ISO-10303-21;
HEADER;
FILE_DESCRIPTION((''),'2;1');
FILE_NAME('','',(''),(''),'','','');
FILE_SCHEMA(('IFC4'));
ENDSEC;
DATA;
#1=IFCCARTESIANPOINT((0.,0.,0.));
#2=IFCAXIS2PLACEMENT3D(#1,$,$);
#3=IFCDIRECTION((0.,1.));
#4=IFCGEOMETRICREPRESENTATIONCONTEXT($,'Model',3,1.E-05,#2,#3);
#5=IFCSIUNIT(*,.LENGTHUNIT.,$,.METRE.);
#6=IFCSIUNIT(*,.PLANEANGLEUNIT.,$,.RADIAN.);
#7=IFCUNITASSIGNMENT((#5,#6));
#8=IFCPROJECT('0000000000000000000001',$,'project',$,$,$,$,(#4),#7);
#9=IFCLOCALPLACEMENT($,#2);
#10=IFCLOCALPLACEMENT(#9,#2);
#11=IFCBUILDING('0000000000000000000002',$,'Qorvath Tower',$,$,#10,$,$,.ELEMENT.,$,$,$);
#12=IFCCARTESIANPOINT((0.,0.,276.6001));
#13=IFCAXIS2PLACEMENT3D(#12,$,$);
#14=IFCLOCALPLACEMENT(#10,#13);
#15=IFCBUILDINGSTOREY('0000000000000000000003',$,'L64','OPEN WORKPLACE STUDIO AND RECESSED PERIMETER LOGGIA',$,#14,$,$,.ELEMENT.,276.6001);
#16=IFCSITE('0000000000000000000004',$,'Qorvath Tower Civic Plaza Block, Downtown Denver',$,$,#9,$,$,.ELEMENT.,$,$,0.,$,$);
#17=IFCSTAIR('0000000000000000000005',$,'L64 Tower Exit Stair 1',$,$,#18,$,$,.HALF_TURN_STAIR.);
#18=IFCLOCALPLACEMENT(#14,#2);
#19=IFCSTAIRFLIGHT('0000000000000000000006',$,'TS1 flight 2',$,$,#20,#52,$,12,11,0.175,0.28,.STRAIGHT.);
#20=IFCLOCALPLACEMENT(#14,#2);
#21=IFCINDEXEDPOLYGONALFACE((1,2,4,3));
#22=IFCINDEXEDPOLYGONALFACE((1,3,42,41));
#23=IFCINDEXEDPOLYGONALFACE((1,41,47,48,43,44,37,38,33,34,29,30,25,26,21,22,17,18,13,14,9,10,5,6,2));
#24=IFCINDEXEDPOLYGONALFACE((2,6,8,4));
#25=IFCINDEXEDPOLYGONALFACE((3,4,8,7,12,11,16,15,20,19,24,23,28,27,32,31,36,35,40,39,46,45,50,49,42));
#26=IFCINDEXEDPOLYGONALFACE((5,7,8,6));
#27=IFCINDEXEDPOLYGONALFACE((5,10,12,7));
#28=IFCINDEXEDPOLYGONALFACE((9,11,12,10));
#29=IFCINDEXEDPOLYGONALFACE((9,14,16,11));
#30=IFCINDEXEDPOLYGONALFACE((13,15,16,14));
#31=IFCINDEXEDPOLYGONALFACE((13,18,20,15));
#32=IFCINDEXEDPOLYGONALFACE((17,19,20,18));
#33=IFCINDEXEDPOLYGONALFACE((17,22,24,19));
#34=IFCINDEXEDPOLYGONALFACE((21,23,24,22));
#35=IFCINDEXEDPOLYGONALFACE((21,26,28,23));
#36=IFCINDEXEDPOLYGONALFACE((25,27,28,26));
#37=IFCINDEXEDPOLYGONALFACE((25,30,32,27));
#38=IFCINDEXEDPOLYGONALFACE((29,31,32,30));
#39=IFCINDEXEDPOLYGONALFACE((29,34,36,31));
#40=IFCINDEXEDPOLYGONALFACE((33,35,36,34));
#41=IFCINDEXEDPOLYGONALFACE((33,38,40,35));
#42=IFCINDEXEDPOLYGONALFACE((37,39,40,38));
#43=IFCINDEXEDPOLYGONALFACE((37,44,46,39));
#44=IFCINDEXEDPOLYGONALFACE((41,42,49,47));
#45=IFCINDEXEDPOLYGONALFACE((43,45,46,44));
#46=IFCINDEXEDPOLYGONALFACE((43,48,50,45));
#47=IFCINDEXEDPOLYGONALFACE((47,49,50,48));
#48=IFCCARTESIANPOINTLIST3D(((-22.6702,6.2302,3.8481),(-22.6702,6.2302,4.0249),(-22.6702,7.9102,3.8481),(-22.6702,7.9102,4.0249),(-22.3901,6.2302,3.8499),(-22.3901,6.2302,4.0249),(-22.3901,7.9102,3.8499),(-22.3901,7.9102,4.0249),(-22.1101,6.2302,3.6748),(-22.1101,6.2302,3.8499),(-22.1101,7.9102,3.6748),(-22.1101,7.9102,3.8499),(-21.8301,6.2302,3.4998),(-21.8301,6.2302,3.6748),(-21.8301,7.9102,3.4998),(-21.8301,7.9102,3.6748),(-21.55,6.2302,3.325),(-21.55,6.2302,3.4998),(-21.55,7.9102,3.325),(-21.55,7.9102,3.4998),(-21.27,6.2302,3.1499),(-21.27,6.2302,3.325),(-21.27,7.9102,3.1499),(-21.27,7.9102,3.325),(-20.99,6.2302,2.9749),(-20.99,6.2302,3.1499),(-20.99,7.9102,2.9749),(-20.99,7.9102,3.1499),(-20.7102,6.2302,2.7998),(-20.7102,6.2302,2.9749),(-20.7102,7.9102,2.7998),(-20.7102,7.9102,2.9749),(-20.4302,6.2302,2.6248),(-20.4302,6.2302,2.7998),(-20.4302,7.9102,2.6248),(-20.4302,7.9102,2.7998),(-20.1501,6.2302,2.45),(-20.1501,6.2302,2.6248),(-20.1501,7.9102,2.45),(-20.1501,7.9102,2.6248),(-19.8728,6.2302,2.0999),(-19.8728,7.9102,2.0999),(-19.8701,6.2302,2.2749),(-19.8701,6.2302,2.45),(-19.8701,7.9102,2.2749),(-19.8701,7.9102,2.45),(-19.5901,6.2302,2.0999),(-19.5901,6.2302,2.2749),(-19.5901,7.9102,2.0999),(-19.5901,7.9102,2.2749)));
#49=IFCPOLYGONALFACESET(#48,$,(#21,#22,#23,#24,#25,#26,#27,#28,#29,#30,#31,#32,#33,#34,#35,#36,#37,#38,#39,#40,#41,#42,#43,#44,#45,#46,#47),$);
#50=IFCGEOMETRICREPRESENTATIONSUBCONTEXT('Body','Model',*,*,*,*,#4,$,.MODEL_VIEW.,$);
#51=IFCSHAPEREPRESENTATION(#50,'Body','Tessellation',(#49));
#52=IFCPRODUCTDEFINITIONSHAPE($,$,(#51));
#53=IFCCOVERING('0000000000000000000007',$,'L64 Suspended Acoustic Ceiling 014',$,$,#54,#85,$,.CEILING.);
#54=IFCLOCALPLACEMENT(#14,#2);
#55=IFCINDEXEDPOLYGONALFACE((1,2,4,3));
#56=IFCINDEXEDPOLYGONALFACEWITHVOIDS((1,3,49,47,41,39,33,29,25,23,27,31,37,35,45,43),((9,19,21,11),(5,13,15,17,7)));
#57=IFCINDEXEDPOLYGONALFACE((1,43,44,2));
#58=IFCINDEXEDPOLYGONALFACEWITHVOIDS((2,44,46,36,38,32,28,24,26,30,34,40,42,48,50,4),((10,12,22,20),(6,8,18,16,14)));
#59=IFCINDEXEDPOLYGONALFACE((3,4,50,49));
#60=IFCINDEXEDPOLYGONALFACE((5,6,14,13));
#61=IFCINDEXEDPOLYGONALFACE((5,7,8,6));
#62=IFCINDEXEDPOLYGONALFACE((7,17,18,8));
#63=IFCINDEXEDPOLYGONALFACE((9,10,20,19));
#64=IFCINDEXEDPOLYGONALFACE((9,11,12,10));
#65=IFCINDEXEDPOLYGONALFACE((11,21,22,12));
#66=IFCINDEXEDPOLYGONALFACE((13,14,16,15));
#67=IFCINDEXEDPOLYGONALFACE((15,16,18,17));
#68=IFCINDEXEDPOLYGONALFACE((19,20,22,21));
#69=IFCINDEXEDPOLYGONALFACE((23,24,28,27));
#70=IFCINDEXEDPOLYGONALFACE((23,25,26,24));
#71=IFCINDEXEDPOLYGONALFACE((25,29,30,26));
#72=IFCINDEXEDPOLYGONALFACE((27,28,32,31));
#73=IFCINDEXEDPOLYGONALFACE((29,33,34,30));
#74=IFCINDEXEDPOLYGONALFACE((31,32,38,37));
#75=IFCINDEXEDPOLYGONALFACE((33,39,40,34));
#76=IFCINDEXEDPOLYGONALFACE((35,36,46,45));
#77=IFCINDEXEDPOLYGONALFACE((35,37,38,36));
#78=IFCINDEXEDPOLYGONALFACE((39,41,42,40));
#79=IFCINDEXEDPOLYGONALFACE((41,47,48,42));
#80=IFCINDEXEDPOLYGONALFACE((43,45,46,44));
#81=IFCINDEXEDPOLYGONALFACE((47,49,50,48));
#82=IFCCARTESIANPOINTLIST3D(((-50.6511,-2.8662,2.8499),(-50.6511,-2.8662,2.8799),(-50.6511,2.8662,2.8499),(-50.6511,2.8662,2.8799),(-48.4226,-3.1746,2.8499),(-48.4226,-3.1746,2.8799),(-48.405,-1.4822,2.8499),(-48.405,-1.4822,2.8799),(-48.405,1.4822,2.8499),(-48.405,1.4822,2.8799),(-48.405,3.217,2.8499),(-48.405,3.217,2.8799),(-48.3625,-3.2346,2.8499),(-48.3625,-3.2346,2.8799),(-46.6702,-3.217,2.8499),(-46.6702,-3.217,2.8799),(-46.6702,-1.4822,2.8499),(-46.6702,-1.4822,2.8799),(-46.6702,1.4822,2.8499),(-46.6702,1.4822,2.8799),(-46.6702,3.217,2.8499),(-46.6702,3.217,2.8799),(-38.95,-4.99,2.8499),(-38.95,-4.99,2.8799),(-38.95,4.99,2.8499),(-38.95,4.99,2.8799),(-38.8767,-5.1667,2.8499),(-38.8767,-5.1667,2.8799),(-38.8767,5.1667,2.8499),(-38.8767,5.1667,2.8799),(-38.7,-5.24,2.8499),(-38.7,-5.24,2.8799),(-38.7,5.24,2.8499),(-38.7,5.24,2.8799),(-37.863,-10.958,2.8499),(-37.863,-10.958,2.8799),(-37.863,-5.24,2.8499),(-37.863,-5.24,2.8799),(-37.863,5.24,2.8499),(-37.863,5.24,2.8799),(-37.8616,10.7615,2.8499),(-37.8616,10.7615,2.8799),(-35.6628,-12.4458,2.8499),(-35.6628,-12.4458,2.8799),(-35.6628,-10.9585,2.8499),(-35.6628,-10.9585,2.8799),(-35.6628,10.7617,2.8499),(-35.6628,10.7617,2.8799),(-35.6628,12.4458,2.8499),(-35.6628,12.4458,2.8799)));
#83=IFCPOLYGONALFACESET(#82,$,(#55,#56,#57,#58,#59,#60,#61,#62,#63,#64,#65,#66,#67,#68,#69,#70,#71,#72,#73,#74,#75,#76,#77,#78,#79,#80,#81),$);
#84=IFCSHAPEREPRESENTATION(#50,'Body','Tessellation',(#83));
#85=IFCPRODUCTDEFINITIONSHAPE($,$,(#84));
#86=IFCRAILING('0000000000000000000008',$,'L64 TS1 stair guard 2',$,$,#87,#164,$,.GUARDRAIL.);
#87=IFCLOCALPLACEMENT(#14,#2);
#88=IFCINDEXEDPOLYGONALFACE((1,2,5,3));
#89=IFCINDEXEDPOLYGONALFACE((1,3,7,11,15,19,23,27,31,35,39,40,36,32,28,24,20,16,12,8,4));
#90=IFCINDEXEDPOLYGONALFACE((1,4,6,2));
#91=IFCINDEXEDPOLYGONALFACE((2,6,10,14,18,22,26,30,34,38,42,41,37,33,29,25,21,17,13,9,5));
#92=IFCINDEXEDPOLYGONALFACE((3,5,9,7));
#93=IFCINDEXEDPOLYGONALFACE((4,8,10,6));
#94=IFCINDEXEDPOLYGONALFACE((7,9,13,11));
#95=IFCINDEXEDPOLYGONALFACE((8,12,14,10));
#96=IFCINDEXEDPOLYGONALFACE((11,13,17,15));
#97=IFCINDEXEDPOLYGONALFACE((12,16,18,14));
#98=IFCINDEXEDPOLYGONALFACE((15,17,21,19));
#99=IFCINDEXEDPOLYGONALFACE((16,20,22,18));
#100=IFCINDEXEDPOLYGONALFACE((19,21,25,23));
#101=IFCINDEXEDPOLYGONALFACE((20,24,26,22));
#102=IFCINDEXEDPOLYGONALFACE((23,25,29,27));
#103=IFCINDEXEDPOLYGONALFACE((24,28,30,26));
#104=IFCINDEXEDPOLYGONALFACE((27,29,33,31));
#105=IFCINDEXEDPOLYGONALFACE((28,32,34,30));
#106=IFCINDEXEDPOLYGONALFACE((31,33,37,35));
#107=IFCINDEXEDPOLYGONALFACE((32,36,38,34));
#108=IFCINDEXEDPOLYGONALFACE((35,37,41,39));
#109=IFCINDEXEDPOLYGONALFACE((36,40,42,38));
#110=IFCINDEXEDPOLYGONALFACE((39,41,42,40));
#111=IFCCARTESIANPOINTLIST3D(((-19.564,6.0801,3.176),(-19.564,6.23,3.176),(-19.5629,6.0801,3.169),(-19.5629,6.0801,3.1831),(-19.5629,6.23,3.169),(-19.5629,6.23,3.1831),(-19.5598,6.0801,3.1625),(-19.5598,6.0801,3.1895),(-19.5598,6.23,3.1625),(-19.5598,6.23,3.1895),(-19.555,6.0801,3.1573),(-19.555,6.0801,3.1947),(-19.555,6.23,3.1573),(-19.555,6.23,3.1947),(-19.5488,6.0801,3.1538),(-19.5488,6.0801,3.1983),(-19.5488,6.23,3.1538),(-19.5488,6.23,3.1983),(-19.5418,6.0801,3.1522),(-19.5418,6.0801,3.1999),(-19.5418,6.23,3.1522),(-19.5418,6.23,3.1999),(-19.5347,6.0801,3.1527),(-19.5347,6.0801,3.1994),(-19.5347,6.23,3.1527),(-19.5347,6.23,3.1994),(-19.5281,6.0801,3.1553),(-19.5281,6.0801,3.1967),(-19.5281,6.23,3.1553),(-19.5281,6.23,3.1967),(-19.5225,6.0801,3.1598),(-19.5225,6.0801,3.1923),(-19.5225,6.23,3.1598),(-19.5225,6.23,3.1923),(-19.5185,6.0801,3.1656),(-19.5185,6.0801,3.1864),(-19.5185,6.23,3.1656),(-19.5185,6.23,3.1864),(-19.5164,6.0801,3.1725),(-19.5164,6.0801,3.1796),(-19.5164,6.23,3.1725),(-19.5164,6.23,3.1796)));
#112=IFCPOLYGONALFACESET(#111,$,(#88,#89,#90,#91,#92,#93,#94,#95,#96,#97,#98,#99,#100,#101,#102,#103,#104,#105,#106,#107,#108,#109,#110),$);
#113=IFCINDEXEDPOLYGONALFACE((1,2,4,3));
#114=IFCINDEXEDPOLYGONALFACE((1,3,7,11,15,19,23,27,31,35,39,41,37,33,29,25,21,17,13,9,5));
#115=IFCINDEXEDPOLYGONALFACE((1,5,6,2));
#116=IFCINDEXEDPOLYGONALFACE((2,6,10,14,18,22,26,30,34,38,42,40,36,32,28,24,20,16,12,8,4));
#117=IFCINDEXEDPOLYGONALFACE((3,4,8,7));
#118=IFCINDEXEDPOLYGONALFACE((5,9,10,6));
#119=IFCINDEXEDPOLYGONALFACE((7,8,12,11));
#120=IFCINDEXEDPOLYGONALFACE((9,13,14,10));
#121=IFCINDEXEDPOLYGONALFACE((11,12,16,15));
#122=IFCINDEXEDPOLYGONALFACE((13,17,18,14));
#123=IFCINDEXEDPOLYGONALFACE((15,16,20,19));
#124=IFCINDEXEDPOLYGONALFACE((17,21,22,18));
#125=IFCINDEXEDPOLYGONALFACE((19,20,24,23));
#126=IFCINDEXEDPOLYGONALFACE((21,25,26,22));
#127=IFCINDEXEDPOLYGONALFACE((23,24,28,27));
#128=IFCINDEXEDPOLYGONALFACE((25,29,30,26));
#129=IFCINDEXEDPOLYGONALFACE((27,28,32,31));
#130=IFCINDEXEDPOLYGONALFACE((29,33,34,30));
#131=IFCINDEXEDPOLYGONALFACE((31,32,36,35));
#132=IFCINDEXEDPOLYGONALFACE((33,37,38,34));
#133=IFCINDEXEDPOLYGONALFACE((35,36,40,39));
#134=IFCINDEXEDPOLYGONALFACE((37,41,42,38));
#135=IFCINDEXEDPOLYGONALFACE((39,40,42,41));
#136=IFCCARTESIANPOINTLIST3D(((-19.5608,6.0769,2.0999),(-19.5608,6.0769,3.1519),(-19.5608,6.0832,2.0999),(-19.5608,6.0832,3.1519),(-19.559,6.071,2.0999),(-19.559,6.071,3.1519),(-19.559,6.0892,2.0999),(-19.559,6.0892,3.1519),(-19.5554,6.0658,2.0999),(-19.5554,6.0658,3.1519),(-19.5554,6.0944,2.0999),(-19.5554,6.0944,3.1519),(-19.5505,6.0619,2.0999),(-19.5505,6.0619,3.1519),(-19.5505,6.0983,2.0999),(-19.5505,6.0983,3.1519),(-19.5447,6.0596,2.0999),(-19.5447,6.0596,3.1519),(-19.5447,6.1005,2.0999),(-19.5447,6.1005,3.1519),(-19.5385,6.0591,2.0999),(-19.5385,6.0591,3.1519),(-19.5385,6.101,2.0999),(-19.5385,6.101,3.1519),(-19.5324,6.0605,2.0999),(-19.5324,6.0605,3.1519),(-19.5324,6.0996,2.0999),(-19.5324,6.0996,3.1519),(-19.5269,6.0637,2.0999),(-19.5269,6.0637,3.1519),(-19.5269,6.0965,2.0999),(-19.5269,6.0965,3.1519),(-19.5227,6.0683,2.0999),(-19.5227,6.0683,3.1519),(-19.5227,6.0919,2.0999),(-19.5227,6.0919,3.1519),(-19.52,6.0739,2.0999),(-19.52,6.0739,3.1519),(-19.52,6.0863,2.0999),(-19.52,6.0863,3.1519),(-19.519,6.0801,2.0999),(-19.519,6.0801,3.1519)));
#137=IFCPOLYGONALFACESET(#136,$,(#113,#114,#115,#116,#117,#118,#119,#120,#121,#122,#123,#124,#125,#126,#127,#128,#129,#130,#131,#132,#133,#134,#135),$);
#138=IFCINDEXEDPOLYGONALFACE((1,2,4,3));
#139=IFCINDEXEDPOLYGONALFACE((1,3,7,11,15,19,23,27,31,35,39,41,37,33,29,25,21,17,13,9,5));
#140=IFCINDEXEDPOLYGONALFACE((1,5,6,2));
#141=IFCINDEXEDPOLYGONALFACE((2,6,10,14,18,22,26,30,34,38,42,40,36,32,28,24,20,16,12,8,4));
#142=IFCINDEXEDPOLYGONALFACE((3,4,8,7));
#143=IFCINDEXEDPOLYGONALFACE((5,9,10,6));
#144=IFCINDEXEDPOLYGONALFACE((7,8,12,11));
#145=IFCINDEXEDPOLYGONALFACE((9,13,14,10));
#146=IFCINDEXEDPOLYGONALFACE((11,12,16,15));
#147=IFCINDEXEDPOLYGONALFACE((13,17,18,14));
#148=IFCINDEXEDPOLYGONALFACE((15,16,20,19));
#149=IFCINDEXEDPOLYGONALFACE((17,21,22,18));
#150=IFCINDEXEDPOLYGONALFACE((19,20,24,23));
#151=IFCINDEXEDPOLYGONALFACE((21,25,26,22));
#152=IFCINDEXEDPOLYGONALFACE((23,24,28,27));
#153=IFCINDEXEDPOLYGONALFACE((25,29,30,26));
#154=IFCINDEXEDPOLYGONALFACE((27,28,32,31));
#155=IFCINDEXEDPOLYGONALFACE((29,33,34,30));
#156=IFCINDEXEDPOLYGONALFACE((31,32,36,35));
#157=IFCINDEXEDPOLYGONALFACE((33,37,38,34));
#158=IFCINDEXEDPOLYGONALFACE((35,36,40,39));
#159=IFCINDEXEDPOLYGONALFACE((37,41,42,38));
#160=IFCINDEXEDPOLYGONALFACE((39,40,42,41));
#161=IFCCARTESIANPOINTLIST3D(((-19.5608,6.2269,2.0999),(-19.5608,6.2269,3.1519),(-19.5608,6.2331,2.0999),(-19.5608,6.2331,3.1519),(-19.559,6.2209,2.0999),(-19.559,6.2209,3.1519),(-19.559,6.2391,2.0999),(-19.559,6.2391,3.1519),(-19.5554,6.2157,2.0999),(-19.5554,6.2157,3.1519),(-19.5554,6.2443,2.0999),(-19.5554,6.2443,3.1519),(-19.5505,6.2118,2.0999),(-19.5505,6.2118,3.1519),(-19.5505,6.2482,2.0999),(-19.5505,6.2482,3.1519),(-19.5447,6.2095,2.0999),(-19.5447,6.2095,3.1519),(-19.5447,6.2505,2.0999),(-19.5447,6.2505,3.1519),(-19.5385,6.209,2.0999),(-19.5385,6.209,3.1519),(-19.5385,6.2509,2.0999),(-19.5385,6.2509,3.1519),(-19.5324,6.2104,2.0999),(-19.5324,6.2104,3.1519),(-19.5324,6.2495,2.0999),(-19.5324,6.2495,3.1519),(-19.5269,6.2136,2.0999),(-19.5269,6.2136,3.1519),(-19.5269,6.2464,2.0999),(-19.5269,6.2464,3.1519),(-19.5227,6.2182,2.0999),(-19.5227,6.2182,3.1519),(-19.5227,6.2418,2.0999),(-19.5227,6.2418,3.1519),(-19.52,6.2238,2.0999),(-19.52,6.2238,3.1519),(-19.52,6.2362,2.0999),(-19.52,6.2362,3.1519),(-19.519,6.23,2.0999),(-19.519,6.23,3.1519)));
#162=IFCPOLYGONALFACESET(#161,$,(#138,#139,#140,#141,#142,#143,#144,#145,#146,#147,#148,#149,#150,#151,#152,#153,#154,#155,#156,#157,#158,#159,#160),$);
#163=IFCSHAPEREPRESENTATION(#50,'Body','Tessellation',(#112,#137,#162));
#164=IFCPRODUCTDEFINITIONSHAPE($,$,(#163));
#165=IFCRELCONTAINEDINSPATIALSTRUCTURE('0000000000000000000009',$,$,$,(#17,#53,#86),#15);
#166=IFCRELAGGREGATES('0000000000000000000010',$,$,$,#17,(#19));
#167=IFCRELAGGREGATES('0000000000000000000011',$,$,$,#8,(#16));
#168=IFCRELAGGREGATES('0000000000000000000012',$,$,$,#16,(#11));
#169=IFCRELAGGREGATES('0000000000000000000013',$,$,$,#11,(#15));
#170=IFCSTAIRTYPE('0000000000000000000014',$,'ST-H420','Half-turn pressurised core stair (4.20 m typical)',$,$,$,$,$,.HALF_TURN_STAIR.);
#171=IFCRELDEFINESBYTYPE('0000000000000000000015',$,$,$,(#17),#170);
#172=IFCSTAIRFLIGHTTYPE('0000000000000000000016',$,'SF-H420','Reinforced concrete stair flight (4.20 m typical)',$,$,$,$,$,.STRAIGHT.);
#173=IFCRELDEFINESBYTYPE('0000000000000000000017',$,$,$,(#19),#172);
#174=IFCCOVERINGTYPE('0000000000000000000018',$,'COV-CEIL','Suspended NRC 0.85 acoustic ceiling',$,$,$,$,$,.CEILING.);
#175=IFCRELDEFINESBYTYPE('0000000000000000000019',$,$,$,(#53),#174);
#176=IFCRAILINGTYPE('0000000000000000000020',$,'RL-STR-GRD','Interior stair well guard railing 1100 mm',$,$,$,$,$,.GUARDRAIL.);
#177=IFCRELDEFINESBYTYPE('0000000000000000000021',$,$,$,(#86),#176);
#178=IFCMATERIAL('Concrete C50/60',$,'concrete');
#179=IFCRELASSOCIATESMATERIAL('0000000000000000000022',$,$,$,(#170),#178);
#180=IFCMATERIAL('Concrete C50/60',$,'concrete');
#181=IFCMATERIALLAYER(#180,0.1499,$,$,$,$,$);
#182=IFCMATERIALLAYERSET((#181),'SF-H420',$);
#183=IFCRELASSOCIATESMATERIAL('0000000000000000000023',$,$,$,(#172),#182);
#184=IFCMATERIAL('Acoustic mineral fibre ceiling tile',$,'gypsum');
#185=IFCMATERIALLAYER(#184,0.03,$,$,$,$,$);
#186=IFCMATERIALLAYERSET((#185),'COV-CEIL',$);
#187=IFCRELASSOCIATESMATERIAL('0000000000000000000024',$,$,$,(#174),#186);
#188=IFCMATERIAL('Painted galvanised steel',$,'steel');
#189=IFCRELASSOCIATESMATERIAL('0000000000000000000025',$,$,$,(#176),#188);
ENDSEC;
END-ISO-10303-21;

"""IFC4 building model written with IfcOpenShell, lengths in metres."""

from ifc_helpers import new_model, si_unit, direction, frame, origin, origin_2d, place, context, subcontext, project, spatial, polyline, circle, outline, extrude, material, layer, layer_set, type_object, element, aggregate, save


model = new_model("IFC4")

# Units and contexts
model_context = context("Model", 3, precision=1e-05, world=origin(), true_north=direction((0.0, 1.0)))
body_context = subcontext(model_context, "Body", "Model", "MODEL_VIEW")
ifc_project = project(units=[si_unit("LENGTHUNIT", "METRE"), si_unit("PLANEANGLEUNIT", "RADIAN")], contexts=[model_context])

# Site, building, storey
site_placement = place(None, origin())
site = spatial("IfcSite", under=ifc_project, at=site_placement, Name="Qorvath Tower Civic Plaza Block, Downtown Denver", CompositionType="ELEMENT", RefElevation=0.0)
building_placement = place(site_placement, origin())
building = spatial("IfcBuilding", under=site, at=building_placement, Name="Qorvath Tower", CompositionType="ELEMENT")
storey_placement = place(building_placement, frame((0.0, 0.0, 276.6001)))
storey = spatial("IfcBuildingStorey", under=building, at=storey_placement, Name="L64", Description="OPEN WORKPLACE STUDIO AND RECESSED PERIMETER LOGGIA", CompositionType="ELEMENT", Elevation=276.6001)

# Stair, stair flight
ifc_material_1 = material(Name="Concrete C50/60", Category="concrete")
stair_type = type_object("IfcStairType", Name="ST-H420", Description="Half-turn pressurised core stair (4.20 m typical)", PredefinedType="HALF_TURN_STAIR", material=ifc_material_1)
stair_placement = place(storey_placement, origin())
stair = element("IfcStair", 1, at=stair_placement, inside=storey, type_object=stair_type, Name="L64 Tower Exit Stair 1", PredefinedType="HALF_TURN_STAIR")
ifc_material_2 = material(Name="Concrete C50/60", Category="concrete")
ifc_layer_1 = layer(ifc_material_2, 0.1499)
ifc_layer_set_1 = layer_set([ifc_layer_1], Name="SF-H420")
stair_flight_type = type_object("IfcStairFlightType", Name="SF-H420", Description="Reinforced concrete stair flight (4.20 m typical)", PredefinedType="STRAIGHT", material=ifc_layer_set_1)
stair_flight_placement = place(storey_placement, frame((-19.5901, 7.0701, 2.0999), z_axis=(0.0, 0.0, 1.0), x_axis=(-1.0, 0.0, 0.0)))
stair_flight = element("IfcStairFlight", 2, at=stair_flight_placement, type_object=stair_flight_type, Name="TS1 flight 2", NumberOfRisers=12, NumberOfTreads=11, PredefinedType="STRAIGHT", RiserHeight=0.175, TreadLength=0.28, context=body_context, shape_type="SweptSolid", body=[
    extrude(outline(polyline([(0.0, 0.0), (0.0, 0.175), (0.28, 0.175), (0.28, 0.3501), (0.5601, 0.3501), (0.5601, 0.5249), (0.8401, 0.5249), (0.8401, 0.7), (1.1201, 0.7), (1.1201, 0.875), (1.3999, 0.875), (1.3999, 1.05), (1.6799, 1.05), (1.6799, 1.2251), (1.96, 1.2251), (1.96, 1.3999), (2.24, 1.3999), (2.24, 1.575), (2.52, 1.575), (2.52, 1.75), (2.8, 1.75), (2.8, 1.925), (3.0801, 1.925), (3.0801, 2.1001), (3.0801, 1.7483), (0.2827, 0.0), (0.0, 0.0)])), frame((0.0, 0.8398, 0.0), z_axis=(0.0, -1.0, 0.0), x_axis=(1.0, 0.0, 0.0)), (0.0, 0.0, 1.0), 1.6799),
])
aggregate(stair, [stair_flight])

# Covering
ifc_material_3 = material(Name="Acoustic mineral fibre ceiling tile", Category="gypsum")
ifc_layer_2 = layer(ifc_material_3, 0.03)
ifc_layer_set_2 = layer_set([ifc_layer_2], Name="COV-CEIL")
covering_type = type_object("IfcCoveringType", Name="COV-CEIL", Description="Suspended NRC 0.85 acoustic ceiling", PredefinedType="CEILING", material=ifc_layer_set_2)
covering_placement = place(storey_placement, frame((0.0, 0.0, 2.8499)))
element("IfcCovering", 3, at=covering_placement, inside=storey, type_object=covering_type, Name="L64 Suspended Acoustic Ceiling 014", PredefinedType="CEILING", context=body_context, shape_type="SweptSolid", body=[
    extrude(outline(polyline([(-50.6511, -2.8662), (-35.6628, -12.4458), (-35.6628, -10.9585), (-37.863, -10.958), (-37.863, -5.24), (-38.7, -5.24), (-38.8767, -5.1667), (-38.95, -4.99), (-38.95, 4.99), (-38.8767, 5.1667), (-38.7, 5.24), (-37.863, 5.24), (-37.8616, 10.7615), (-35.6628, 10.7617), (-35.6628, 12.4458), (-50.6511, 2.8662), (-50.6511, -2.8662)]), holes=[polyline([(-48.4226, -3.1746), (-48.405, -1.4822), (-46.6702, -1.4822), (-46.6702, -3.217), (-48.3625, -3.2346), (-48.4226, -3.1746)]), polyline([(-48.405, 1.4822), (-48.405, 3.217), (-46.6702, 3.217), (-46.6702, 1.4822), (-48.405, 1.4822)])]), origin(), (0.0, 0.0, 1.0), 0.03),
])

# Railing
ifc_material_4 = material(Name="Painted galvanised steel", Category="steel")
railing_type_1 = type_object("IfcRailingType", Name="RL-STR-GRD", Description="Interior stair well guard railing 1100 mm", PredefinedType="GUARDRAIL", material=ifc_material_4)
railing_1_placement = place(storey_placement, frame((-19.54, 6.0801, 2.0999)))
element("IfcRailing", 4, at=railing_1_placement, inside=storey, type_object=railing_type_1, Name="L64 TS1 stair guard 2", PredefinedType="GUARDRAIL", context=body_context, shape_type="SweptSolid", body=[
    extrude(circle(Radius=0.0239, at=origin_2d()), frame((0.0, 0.0, 1.0762), z_axis=(0.0, 1.0, 0.0), x_axis=(-1.0, 0.0, 0.0)), (0.0, 0.0, 1.0), 0.1499),
    extrude(circle(Radius=0.021, at=origin_2d()), origin(), (0.0, 0.0, 1.0), 1.052),
    extrude(circle(Radius=0.021, at=origin_2d()), frame((0.0, 0.1499, 0.0)), (0.0, 0.0, 1.0), 1.052),
])

save(model, "model.ifc")
